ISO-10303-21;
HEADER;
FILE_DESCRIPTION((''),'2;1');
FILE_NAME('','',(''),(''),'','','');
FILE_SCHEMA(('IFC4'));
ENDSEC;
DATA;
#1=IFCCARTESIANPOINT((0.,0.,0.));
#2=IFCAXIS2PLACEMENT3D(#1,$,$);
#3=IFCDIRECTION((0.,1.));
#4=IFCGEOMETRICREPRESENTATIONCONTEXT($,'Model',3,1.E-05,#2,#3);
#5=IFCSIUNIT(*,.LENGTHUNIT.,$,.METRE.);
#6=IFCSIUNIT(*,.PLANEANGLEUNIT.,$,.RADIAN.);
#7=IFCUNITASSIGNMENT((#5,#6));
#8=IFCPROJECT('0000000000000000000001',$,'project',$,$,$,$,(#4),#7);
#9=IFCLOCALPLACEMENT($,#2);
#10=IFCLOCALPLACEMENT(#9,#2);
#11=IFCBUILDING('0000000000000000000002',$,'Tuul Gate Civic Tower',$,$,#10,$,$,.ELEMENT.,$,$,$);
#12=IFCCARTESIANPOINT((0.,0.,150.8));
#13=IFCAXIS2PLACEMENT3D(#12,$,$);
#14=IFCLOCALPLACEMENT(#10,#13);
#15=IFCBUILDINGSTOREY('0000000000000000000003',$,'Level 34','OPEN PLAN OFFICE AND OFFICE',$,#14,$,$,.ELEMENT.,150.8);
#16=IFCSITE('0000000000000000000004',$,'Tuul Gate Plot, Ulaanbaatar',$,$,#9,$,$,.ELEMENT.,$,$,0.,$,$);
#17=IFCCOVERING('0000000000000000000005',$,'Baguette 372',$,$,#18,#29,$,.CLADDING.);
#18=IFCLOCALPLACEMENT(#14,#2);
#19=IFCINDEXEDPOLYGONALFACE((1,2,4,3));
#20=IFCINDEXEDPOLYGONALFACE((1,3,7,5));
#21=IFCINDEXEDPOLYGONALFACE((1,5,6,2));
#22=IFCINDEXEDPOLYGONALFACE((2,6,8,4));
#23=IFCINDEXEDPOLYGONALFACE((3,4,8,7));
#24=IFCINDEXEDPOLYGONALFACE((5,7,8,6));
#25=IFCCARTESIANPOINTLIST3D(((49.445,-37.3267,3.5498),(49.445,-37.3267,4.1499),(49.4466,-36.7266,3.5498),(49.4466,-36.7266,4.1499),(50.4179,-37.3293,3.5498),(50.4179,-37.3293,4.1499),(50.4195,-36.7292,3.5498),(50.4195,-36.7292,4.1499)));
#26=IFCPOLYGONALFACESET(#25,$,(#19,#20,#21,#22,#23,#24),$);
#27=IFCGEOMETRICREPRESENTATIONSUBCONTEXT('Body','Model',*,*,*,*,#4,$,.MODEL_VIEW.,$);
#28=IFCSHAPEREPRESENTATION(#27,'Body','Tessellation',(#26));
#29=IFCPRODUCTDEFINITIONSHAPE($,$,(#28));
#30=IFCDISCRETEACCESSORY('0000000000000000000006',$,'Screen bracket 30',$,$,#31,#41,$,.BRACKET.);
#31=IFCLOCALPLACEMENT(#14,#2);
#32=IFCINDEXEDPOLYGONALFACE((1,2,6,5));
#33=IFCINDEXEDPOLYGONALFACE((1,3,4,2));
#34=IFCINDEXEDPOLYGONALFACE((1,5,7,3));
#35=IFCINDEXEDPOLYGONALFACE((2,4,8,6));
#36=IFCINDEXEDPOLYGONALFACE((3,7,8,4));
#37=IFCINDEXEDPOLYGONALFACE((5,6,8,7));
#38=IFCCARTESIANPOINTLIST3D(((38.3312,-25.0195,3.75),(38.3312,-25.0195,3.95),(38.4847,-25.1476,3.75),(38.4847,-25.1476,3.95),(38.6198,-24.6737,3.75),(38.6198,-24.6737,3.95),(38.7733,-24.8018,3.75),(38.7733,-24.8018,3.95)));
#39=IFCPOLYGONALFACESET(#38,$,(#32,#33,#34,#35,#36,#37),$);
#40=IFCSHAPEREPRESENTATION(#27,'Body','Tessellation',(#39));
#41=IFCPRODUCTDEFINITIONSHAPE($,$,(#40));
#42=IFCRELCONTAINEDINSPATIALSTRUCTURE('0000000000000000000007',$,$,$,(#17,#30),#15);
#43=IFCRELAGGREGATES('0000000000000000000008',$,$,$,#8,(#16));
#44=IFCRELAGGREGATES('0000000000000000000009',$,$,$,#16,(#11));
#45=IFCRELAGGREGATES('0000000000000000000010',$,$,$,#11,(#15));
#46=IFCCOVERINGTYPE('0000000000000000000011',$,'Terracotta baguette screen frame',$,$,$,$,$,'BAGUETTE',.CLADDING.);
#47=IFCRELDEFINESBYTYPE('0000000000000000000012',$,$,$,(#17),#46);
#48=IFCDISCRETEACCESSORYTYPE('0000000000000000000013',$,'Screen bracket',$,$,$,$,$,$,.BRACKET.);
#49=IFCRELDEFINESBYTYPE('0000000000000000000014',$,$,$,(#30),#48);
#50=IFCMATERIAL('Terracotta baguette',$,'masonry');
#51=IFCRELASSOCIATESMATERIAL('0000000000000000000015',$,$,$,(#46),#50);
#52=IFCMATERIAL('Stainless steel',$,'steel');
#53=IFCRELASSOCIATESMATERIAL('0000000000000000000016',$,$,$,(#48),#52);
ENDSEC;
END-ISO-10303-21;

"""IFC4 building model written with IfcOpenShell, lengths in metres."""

from ifc_helpers import new_model, si_unit, direction, frame, origin, origin_2d, place, context, subcontext, project, spatial, rectangle, extrude, material, material_profile, profile_set, type_object, element, save


model = new_model("IFC4")

# Units and contexts
model_context = context("Model", 3, precision=1e-05, world=origin(), true_north=direction((0.0, 1.0)))
body_context = subcontext(model_context, "Body", "Model", "MODEL_VIEW")
ifc_project = project(units=[si_unit("LENGTHUNIT", "METRE"), si_unit("PLANEANGLEUNIT", "RADIAN")], contexts=[model_context])

# Site, building, storey
site_placement = place(None, origin())
site = spatial("IfcSite", under=ifc_project, at=site_placement, Name="Tuul Gate Plot, Ulaanbaatar", CompositionType="ELEMENT", RefElevation=0.0)
building_placement = place(site_placement, origin())
building = spatial("IfcBuilding", under=site, at=building_placement, Name="Tuul Gate Civic Tower", CompositionType="ELEMENT")
storey_placement = place(building_placement, frame((0.0, 0.0, 150.8)))
storey = spatial("IfcBuildingStorey", under=building, at=storey_placement, Name="Level 34", Description="OPEN PLAN OFFICE AND OFFICE", CompositionType="ELEMENT", Elevation=150.8)

# Covering
ifc_material_1 = material(Name="Terracotta baguette", Category="masonry")
ifc_material_profile_1 = material_profile(ifc_material_1, rectangle(XDim=0.6001, YDim=0.6001, at=origin_2d()), Name="Terracotta baguette screen frame")
ifc_profile_set_1 = profile_set([ifc_material_profile_1], Name="Terracotta baguette")
covering_type = type_object("IfcCoveringType", Name="Terracotta baguette screen frame", ElementType="BAGUETTE", PredefinedType="CLADDING", material=ifc_profile_set_1)
covering_1_placement = place(storey_placement, frame((49.4458, -37.0266, 3.8499), z_axis=(0.999996, -0.00276, 0.0), x_axis=(0.00276, 0.999996, 0.0)))
element("IfcCovering", 1, at=covering_1_placement, inside=storey, type_object=covering_type, Name="Baguette 372", PredefinedType="CLADDING", context=body_context, shape_type="SweptSolid", body=[
    extrude(rectangle(XDim=0.6001, YDim=0.6001, at=origin_2d()), origin(), (0.0, 0.0, 1.0), 0.9729),
])

# Discrete accessory
ifc_material_2 = material(Name="Stainless steel", Category="steel")
discrete_accessory_type = type_object("IfcDiscreteAccessoryType", Name="Screen bracket", PredefinedType="BRACKET", material=ifc_material_2)
discrete_accessory_placement = place(storey_placement, frame((38.5522, -24.9106, 3.75), z_axis=(0.0, 0.0, 1.0), x_axis=(-0.640756, -0.767745, 0.0)))
element("IfcDiscreteAccessory", 2, at=discrete_accessory_placement, inside=storey, type_object=discrete_accessory_type, Name="Screen bracket 30", PredefinedType="BRACKET", context=body_context, shape_type="SweptSolid", body=[
    extrude(rectangle(XDim=0.4504, YDim=0.2, at=origin_2d()), origin(), (0.0, 0.0, 1.0), 0.2),
])

save(model, "model.ifc")
